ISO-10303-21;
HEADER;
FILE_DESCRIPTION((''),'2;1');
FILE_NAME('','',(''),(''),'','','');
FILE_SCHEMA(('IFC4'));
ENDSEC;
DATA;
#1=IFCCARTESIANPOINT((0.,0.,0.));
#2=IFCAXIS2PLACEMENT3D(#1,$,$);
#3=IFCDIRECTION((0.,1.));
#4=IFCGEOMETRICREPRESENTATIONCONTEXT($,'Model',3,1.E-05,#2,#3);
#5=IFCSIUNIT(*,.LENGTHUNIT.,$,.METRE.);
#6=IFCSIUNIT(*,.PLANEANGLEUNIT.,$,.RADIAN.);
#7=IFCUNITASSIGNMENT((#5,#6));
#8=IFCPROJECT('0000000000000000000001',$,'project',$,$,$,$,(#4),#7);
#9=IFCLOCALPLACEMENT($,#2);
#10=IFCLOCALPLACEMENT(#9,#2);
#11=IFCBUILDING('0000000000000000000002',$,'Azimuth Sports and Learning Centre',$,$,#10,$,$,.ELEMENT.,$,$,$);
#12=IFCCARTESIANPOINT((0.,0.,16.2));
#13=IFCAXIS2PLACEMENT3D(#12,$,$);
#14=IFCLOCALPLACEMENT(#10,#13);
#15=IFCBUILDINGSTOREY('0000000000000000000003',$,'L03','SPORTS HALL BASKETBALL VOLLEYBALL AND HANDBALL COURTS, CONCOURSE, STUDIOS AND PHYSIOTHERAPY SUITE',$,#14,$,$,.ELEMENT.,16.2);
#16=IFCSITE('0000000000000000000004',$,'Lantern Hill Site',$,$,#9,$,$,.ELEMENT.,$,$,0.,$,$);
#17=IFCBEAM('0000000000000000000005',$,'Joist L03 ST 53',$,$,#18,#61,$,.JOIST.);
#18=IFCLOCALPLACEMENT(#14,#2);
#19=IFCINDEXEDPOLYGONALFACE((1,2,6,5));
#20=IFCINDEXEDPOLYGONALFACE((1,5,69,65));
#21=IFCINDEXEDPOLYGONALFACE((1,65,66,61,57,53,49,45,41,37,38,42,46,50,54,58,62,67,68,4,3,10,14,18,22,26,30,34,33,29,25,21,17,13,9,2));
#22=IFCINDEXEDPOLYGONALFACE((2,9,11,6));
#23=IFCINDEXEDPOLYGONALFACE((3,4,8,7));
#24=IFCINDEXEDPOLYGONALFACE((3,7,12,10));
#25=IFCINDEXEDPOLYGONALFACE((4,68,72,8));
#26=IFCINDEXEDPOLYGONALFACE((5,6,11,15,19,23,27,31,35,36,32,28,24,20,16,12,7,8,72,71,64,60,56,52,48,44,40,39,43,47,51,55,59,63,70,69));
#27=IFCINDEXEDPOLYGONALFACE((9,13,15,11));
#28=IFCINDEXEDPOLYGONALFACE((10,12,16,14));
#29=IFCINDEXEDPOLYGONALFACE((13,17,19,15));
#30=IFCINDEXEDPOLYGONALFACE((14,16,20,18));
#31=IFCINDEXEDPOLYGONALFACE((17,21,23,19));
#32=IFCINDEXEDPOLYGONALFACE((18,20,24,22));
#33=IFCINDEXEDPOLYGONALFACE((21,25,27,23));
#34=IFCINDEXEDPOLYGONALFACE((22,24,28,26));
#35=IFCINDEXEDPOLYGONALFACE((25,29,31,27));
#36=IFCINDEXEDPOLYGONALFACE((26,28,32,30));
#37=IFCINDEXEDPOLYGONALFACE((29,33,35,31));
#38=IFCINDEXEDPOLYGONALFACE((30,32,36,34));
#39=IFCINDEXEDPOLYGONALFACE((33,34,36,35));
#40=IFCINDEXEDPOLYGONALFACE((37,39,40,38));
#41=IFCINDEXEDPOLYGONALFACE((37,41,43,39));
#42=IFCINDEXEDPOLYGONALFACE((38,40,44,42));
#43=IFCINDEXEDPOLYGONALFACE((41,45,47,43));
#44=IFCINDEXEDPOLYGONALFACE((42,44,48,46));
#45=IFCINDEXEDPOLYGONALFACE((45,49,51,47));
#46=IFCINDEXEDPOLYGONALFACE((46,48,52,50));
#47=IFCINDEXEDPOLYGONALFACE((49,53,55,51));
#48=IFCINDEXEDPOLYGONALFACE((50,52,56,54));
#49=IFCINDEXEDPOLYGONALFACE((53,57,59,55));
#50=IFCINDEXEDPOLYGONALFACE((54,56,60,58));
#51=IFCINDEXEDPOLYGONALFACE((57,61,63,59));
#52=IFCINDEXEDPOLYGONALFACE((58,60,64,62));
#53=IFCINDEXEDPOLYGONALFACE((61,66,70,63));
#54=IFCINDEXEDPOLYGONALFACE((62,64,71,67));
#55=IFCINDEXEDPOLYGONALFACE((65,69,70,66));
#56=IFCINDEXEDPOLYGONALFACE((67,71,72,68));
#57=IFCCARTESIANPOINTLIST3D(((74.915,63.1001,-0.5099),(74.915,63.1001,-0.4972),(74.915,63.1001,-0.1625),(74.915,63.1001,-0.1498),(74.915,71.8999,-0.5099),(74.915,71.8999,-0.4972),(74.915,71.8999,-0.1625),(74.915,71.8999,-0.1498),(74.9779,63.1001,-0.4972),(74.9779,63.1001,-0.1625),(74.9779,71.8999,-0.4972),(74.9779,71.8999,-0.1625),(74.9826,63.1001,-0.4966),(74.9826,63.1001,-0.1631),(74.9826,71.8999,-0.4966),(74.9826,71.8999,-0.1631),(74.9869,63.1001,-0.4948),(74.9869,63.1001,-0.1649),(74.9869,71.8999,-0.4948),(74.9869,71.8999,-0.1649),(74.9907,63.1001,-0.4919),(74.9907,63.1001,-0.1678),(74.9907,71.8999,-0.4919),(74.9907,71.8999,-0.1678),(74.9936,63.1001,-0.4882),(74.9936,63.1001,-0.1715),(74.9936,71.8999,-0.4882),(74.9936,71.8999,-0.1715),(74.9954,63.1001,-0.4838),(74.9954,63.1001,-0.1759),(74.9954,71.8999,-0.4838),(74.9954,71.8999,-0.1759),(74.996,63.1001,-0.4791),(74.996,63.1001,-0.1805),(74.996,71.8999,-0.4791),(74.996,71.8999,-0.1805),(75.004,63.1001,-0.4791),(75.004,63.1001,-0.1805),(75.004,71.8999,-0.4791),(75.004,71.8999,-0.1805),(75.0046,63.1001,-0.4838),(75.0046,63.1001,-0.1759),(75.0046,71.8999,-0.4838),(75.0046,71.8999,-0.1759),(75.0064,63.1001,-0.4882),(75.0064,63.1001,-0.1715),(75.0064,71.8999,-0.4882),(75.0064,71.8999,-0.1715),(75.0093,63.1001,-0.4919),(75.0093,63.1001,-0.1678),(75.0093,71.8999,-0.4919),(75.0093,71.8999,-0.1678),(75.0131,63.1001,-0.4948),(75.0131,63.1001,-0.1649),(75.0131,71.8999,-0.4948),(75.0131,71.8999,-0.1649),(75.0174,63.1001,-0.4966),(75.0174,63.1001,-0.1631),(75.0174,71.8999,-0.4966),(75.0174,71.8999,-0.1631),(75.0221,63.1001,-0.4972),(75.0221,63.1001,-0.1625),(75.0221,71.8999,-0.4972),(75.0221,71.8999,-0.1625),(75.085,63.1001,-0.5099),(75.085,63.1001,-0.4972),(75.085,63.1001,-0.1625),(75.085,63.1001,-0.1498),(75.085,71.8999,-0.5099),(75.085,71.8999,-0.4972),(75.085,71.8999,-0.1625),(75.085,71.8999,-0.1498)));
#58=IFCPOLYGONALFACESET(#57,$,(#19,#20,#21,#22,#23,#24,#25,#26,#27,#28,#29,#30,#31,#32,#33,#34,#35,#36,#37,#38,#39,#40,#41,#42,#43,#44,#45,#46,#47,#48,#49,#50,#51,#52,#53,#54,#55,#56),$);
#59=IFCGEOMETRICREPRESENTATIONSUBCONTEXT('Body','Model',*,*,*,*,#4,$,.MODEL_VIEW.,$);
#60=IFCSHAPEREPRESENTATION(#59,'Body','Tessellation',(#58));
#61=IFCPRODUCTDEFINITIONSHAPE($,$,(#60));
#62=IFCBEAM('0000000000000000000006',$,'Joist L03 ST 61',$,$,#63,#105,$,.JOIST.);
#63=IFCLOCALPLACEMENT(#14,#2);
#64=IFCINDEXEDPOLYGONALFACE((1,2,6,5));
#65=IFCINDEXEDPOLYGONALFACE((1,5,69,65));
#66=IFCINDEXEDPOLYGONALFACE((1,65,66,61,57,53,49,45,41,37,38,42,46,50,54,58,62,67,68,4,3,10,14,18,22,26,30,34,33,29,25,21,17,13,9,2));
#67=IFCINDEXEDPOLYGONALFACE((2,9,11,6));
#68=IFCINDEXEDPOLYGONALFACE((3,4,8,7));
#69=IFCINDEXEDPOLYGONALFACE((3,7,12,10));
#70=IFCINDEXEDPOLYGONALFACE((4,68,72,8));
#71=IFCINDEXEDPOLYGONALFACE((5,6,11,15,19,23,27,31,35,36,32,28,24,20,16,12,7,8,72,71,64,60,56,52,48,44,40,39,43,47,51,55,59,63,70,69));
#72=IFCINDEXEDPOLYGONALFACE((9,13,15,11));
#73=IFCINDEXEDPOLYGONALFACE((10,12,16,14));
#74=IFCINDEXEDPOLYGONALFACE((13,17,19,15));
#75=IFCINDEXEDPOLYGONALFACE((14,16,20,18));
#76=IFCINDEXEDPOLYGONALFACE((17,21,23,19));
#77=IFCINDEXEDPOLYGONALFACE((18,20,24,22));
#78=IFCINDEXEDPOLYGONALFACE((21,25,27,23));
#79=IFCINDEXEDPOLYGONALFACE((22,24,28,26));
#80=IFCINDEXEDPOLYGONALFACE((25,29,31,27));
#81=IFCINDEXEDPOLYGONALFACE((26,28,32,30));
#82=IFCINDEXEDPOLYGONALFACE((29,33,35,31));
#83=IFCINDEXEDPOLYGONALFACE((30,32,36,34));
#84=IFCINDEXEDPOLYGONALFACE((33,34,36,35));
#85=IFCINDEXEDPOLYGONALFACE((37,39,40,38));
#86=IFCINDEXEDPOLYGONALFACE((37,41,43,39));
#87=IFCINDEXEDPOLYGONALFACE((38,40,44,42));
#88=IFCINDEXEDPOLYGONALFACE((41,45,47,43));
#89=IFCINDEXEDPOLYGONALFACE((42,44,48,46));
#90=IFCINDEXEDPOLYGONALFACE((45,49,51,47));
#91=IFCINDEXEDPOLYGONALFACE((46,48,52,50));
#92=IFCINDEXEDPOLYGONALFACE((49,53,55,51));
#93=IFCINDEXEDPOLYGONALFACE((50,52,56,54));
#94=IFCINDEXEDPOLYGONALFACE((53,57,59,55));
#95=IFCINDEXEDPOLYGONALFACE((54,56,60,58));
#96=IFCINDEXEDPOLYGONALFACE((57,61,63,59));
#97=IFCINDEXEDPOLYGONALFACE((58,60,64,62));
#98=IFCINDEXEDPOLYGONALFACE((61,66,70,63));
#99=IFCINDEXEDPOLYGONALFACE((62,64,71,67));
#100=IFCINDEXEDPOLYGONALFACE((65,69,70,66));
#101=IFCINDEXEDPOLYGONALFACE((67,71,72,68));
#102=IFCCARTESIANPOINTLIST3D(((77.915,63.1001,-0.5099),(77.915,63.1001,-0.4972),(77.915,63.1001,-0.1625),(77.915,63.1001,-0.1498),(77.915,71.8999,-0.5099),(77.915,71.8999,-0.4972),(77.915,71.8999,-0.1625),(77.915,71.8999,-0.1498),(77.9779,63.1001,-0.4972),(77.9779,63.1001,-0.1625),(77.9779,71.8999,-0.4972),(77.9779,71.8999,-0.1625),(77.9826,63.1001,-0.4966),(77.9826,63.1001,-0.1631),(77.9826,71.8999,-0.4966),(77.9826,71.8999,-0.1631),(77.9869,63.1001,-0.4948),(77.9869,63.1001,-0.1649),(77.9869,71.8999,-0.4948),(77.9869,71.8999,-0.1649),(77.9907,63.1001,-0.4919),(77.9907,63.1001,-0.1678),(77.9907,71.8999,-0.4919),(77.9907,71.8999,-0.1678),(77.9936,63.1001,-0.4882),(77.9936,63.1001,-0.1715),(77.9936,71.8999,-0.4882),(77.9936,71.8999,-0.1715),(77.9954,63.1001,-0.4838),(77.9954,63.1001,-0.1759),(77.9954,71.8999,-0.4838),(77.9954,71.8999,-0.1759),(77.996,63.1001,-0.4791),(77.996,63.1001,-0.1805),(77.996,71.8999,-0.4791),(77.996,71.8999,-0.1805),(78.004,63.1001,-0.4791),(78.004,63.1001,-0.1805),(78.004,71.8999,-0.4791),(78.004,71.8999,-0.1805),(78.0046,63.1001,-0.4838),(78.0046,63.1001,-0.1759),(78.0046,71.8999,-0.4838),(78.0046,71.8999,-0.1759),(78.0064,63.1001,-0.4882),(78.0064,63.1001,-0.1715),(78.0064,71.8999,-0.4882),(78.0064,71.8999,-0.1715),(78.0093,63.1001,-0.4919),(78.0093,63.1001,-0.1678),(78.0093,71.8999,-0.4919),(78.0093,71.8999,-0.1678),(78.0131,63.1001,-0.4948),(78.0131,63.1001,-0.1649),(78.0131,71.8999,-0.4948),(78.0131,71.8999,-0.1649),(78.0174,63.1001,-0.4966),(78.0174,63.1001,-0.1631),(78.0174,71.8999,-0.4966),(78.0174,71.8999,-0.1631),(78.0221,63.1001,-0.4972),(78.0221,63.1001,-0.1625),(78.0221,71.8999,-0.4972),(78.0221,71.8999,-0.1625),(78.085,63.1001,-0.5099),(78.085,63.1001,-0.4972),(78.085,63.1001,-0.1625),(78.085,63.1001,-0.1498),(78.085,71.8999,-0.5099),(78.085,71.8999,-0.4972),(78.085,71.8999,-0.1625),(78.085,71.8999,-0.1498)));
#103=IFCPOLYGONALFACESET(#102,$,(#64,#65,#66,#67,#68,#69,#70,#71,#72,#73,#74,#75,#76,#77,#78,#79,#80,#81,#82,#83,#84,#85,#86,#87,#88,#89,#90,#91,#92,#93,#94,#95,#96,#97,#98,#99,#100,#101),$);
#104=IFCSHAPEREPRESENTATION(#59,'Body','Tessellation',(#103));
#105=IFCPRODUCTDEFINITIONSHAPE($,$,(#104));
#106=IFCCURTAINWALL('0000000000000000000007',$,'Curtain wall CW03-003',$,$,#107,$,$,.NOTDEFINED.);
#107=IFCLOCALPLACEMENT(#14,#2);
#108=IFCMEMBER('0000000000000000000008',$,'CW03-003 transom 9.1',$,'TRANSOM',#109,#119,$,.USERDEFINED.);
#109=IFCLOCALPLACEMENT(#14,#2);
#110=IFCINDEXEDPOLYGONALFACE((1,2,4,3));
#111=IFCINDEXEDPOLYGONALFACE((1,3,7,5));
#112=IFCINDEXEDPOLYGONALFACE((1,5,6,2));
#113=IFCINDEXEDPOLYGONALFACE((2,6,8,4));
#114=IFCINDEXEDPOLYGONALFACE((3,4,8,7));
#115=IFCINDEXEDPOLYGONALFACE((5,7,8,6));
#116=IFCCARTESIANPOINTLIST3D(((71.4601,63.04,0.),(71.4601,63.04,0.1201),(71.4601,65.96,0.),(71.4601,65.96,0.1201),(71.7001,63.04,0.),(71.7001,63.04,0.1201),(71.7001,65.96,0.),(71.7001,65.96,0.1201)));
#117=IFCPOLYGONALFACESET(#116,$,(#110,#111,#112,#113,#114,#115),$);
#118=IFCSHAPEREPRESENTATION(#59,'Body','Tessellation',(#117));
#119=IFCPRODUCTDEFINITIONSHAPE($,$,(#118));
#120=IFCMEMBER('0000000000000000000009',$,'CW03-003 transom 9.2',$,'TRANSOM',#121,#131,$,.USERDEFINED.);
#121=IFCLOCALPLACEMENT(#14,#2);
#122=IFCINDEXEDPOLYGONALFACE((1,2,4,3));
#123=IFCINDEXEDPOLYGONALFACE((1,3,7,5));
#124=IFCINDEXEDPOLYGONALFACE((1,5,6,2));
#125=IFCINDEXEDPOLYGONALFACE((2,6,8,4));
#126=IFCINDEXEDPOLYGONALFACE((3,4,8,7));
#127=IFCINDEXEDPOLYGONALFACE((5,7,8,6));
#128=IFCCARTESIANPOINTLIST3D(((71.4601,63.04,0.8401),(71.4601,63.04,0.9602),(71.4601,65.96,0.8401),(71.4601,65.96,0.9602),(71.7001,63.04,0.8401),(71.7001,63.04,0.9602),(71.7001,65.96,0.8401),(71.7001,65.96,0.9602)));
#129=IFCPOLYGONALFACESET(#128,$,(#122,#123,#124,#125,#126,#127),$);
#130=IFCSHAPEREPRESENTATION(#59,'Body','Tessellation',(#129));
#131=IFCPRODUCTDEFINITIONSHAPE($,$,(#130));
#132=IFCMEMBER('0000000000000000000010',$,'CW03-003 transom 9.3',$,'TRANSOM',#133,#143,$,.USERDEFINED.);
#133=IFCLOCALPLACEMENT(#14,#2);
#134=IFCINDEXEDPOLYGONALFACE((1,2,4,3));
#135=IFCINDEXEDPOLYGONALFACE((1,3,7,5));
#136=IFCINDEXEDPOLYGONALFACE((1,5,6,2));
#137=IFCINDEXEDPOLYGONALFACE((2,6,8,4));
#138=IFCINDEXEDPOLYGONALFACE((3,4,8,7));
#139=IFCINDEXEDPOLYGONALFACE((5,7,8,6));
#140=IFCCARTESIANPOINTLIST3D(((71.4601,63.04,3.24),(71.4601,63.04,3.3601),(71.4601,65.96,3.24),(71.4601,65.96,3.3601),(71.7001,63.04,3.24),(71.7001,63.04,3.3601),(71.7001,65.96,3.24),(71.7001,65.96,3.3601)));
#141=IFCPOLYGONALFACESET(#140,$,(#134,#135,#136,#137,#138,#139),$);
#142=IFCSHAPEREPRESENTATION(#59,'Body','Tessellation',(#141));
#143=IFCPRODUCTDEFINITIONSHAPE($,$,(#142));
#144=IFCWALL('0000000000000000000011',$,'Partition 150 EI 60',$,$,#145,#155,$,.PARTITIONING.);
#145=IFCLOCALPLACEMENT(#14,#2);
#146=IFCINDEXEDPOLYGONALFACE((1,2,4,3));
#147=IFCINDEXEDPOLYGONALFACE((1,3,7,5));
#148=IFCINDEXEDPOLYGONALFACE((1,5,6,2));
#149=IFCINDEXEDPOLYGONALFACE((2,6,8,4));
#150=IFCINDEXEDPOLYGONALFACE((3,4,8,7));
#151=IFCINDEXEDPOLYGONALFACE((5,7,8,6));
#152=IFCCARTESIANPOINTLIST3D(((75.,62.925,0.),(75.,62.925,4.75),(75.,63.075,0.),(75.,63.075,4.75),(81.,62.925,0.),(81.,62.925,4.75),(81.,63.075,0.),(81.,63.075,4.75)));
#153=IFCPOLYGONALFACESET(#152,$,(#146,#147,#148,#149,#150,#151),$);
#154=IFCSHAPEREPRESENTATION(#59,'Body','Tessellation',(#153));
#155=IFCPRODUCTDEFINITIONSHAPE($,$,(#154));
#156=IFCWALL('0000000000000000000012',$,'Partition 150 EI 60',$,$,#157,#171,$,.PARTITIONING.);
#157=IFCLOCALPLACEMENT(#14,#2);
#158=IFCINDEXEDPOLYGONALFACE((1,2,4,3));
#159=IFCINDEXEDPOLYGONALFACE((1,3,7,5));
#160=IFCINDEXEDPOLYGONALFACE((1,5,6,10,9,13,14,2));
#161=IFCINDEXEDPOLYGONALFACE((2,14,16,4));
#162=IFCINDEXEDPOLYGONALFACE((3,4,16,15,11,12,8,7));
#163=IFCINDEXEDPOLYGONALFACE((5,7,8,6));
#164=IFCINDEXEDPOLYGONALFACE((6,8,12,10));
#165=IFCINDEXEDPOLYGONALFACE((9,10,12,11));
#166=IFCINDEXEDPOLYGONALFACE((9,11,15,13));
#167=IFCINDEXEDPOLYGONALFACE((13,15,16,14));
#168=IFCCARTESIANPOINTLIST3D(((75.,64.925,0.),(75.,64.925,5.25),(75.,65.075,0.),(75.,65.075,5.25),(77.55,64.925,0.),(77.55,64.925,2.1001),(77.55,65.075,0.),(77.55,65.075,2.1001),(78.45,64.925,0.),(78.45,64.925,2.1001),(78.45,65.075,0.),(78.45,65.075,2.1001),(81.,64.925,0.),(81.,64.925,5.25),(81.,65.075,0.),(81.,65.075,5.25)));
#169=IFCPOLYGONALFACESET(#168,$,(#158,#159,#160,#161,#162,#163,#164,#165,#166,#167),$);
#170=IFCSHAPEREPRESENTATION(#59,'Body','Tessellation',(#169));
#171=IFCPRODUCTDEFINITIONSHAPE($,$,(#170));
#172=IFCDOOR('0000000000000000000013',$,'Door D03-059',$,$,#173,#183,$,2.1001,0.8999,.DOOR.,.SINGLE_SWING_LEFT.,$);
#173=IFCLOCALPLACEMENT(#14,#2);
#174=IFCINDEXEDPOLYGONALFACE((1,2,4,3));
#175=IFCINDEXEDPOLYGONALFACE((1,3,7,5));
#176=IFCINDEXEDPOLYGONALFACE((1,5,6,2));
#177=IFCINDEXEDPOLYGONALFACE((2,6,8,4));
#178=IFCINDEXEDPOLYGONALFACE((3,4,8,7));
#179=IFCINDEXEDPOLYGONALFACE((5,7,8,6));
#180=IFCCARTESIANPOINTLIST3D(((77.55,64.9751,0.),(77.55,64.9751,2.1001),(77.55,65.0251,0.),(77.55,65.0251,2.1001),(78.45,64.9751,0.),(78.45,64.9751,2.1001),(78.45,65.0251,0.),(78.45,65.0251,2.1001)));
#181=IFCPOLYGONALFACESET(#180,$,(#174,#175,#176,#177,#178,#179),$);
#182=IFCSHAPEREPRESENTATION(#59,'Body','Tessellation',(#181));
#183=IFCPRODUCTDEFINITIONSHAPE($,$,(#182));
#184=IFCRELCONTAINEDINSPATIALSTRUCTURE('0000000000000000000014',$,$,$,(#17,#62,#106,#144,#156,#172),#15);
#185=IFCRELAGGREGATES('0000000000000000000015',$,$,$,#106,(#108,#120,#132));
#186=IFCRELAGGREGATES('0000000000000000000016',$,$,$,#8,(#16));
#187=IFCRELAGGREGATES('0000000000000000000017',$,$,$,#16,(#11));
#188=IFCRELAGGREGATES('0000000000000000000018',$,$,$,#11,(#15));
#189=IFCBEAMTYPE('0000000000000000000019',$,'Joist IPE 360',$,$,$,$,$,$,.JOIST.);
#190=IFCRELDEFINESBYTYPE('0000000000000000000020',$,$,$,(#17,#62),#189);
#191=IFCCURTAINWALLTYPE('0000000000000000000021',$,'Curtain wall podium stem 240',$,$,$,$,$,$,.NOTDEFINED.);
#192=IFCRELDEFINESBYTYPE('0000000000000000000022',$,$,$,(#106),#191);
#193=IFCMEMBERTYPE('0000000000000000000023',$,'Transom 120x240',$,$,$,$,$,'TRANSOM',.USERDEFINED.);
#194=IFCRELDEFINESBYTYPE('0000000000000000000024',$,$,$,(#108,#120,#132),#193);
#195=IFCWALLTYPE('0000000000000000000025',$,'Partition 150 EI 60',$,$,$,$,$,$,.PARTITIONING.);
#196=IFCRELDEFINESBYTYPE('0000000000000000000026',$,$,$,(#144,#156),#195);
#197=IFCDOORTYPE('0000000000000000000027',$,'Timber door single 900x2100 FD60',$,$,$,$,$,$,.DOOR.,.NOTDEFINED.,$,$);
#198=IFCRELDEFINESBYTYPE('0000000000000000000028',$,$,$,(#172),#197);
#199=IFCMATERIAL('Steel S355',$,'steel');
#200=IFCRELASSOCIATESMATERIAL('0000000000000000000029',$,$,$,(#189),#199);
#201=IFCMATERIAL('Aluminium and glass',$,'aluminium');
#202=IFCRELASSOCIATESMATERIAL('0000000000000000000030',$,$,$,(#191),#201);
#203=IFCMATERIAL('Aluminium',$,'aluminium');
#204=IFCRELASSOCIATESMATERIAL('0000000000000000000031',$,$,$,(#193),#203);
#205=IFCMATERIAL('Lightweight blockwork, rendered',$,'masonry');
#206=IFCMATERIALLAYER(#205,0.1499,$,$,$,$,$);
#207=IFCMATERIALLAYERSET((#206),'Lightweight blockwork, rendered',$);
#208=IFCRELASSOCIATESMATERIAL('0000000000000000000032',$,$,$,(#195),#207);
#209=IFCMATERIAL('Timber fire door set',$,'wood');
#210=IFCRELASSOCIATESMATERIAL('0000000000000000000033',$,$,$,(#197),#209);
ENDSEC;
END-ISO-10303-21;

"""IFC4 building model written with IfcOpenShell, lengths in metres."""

from ifc_helpers import new_model, si_unit, direction, frame, frame_2d, origin, origin_2d, place, context, subcontext, project, spatial, rectangle, i_section, extrude, material, layer, layer_set, material_profile, profile_set, type_object, element, fill, aggregate, save


model = new_model("IFC4")

# Units and contexts
model_context = context("Model", 3, precision=1e-05, world=origin(), true_north=direction((0.0, 1.0)))
body_context = subcontext(model_context, "Body", "Model", "MODEL_VIEW")
ifc_project = project(units=[si_unit("LENGTHUNIT", "METRE"), si_unit("PLANEANGLEUNIT", "RADIAN")], contexts=[model_context])

# Site, building, storey
site_placement = place(None, origin())
site = spatial("IfcSite", under=ifc_project, at=site_placement, Name="Lantern Hill Site", CompositionType="ELEMENT", RefElevation=0.0)
building_placement = place(site_placement, origin())
building = spatial("IfcBuilding", under=site, at=building_placement, Name="Azimuth Sports and Learning Centre", CompositionType="ELEMENT")
storey_placement = place(building_placement, frame((0.0, 0.0, 16.2)))
storey = spatial("IfcBuildingStorey", under=building, at=storey_placement, Name="L03", Description="SPORTS HALL BASKETBALL VOLLEYBALL AND HANDBALL COURTS, CONCOURSE, STUDIOS AND PHYSIOTHERAPY SUITE", CompositionType="ELEMENT", Elevation=16.2)

# Beams
ifc_material_1 = material(Name="Steel S355", Category="steel")
ifc_material_profile_1 = material_profile(ifc_material_1, i_section(OverallWidth=0.1699, OverallDepth=0.3601, WebThickness=0.0081, FlangeThickness=0.0127, FilletRadius=0.0181, at=origin_2d()), Name="IPE 360")
ifc_profile_set_1 = profile_set([ifc_material_profile_1], Name="Steel S355")
beam_type_1 = type_object("IfcBeamType", Name="Joist IPE 360", PredefinedType="JOIST", material=ifc_profile_set_1)
for number, where, z_axis, x_axis, name in (
    (1, (75.0, 63.1001, -0.3298), (0.0, 1.0, 0.0), (-1.0, 0.0, 0.0), "Joist L03 ST 53"),
    (2, (78.0, 63.1001, -0.3298), (0.0, 1.0, 0.0), (-1.0, 0.0, 0.0), "Joist L03 ST 61"),
):
    element("IfcBeam", number, at=place(storey_placement, frame(where, z_axis=z_axis, x_axis=x_axis)), inside=storey, type_object=beam_type_1, Name=name, PredefinedType="JOIST", context=body_context, shape_type="SweptSolid", body=[
        extrude(i_section(OverallWidth=0.1699, OverallDepth=0.3601, WebThickness=0.0081, FlangeThickness=0.0127, FilletRadius=0.0181, at=origin_2d()), origin(), (0.0, 0.0, 1.0), 8.7998),
    ])

# Curtain wall, members
ifc_material_2 = material(Name="Aluminium and glass", Category="aluminium")
curtain_wall_type = type_object("IfcCurtainWallType", Name="Curtain wall podium stem 240", PredefinedType="NOTDEFINED", material=ifc_material_2)
curtain_wall_placement = place(storey_placement, origin())
curtain_wall = element("IfcCurtainWall", 3, at=curtain_wall_placement, inside=storey, type_object=curtain_wall_type, Name="Curtain wall CW03-003", PredefinedType="NOTDEFINED")
ifc_material_3 = material(Name="Aluminium", Category="aluminium")
ifc_material_profile_2 = material_profile(ifc_material_3, rectangle(XDim=0.24, YDim=0.1201, at=origin_2d()), Name="Transom 120x240")
ifc_profile_set_2 = profile_set([ifc_material_profile_2], Name="Aluminium")
member_type = type_object("IfcMemberType", Name="Transom 120x240", ElementType="TRANSOM", PredefinedType="USERDEFINED", material=ifc_profile_set_2)
member_1_placement = place(storey_placement, frame((71.5801, 65.96, 0.0601), z_axis=(0.0, -1.0, 0.0), x_axis=(1.0, 0.0, 0.0)))
member_1 = element("IfcMember", 4, at=member_1_placement, type_object=member_type, Name="CW03-003 transom 9.1", ObjectType="TRANSOM", PredefinedType="USERDEFINED", context=body_context, shape_type="SweptSolid", body=[
    extrude(rectangle(XDim=0.24, YDim=0.1201, at=origin_2d()), origin(), (0.0, 0.0, 1.0), 2.9199),
])
member_2_placement = place(storey_placement, frame((71.5801, 65.96, 0.9001), z_axis=(0.0, -1.0, 0.0), x_axis=(1.0, 0.0, 0.0)))
member_2 = element("IfcMember", 5, at=member_2_placement, type_object=member_type, Name="CW03-003 transom 9.2", ObjectType="TRANSOM", PredefinedType="USERDEFINED", context=body_context, shape_type="SweptSolid", body=[
    extrude(rectangle(XDim=0.24, YDim=0.1201, at=origin_2d()), origin(), (0.0, 0.0, 1.0), 2.9199),
])
member_3_placement = place(storey_placement, frame((71.5801, 65.96, 3.3), z_axis=(0.0, -1.0, 0.0), x_axis=(1.0, 0.0, 0.0)))
member_3 = element("IfcMember", 6, at=member_3_placement, type_object=member_type, Name="CW03-003 transom 9.3", ObjectType="TRANSOM", PredefinedType="USERDEFINED", context=body_context, shape_type="SweptSolid", body=[
    extrude(rectangle(XDim=0.24, YDim=0.1201, at=origin_2d()), origin(), (0.0, 0.0, 1.0), 2.9199),
])
aggregate(curtain_wall, [member_1, member_2, member_3])

# Wall
ifc_material_4 = material(Name="Lightweight blockwork, rendered", Category="masonry")
ifc_layer = layer(ifc_material_4, 0.1499)
ifc_layer_set = layer_set([ifc_layer], Name="Lightweight blockwork, rendered")
wall_type = type_object("IfcWallType", Name="Partition 150 EI 60", PredefinedType="PARTITIONING", material=ifc_layer_set)
wall_1_placement = place(storey_placement, frame((75.0, 63.0, 0.0), z_axis=(0.0, 0.0, 1.0), x_axis=(1.0, 0.0, 0.0)))
element("IfcWall", 7, at=wall_1_placement, inside=storey, type_object=wall_type, Name="Partition 150 EI 60", PredefinedType="PARTITIONING", context=body_context, shape_type="SweptSolid", body=[
    extrude(rectangle(XDim=6.0, YDim=0.1499, at=frame_2d((3.0, 0.0))), origin(), (0.0, 0.0, 1.0), 4.75),
])

# Wall, opening, door
wall_2_placement = place(storey_placement, frame((75.0, 65.0, 0.0), z_axis=(0.0, 0.0, 1.0), x_axis=(1.0, 0.0, 0.0)))
wall_2 = element("IfcWall", 8, at=wall_2_placement, inside=storey, type_object=wall_type, Name="Partition 150 EI 60", PredefinedType="PARTITIONING", context=body_context, shape_type="SweptSolid", body=[
    extrude(rectangle(XDim=6.0, YDim=0.1499, at=frame_2d((3.0, 0.0))), origin(), (0.0, 0.0, 1.0), 5.25),
])
opening_1_placement = place(wall_2_placement, frame((2.55, 0.0, 0.0)))
opening_1 = element("IfcOpeningElement", 9, at=opening_1_placement, cuts=wall_2, PredefinedType="OPENING", context=body_context, shape_type="SweptSolid", body=[
    extrude(rectangle(XDim=0.8999, YDim=2.1001, at=frame_2d((0.45, 1.05))), frame((0.0, 0.0859, 0.0), z_axis=(0.0, -1.0, 0.0), x_axis=(1.0, 0.0, 0.0)), (0.0, 0.0, 1.0), 0.1719),
])
ifc_material_5 = material(Name="Timber fire door set", Category="wood")
door_type_1 = type_object("IfcDoorType", Name="Timber door single 900x2100 FD60", OperationType="NOTDEFINED", PredefinedType="DOOR", material=ifc_material_5)
door_1_placement = place(opening_1_placement, frame((0.8999, 0.0, 0.0), z_axis=(0.0, 0.0, 1.0), x_axis=(-1.0, 0.0, 0.0)))
door_1 = element("IfcDoor", 10, at=door_1_placement, inside=storey, type_object=door_type_1, Name="Door D03-059", OperationType="SINGLE_SWING_LEFT", OverallHeight=2.1001, OverallWidth=0.8999, PredefinedType="DOOR", context=body_context, shape_type="SweptSolid", body=[
    extrude(rectangle(XDim=0.8999, YDim=2.1001, at=frame_2d((0.45, 1.05))), frame((0.0, 0.0249, 0.0), z_axis=(0.0, -1.0, 0.0), x_axis=(1.0, 0.0, 0.0)), (0.0, 0.0, 1.0), 0.05),
])
fill(opening_1, door_1)

save(model, "model.ifc")
